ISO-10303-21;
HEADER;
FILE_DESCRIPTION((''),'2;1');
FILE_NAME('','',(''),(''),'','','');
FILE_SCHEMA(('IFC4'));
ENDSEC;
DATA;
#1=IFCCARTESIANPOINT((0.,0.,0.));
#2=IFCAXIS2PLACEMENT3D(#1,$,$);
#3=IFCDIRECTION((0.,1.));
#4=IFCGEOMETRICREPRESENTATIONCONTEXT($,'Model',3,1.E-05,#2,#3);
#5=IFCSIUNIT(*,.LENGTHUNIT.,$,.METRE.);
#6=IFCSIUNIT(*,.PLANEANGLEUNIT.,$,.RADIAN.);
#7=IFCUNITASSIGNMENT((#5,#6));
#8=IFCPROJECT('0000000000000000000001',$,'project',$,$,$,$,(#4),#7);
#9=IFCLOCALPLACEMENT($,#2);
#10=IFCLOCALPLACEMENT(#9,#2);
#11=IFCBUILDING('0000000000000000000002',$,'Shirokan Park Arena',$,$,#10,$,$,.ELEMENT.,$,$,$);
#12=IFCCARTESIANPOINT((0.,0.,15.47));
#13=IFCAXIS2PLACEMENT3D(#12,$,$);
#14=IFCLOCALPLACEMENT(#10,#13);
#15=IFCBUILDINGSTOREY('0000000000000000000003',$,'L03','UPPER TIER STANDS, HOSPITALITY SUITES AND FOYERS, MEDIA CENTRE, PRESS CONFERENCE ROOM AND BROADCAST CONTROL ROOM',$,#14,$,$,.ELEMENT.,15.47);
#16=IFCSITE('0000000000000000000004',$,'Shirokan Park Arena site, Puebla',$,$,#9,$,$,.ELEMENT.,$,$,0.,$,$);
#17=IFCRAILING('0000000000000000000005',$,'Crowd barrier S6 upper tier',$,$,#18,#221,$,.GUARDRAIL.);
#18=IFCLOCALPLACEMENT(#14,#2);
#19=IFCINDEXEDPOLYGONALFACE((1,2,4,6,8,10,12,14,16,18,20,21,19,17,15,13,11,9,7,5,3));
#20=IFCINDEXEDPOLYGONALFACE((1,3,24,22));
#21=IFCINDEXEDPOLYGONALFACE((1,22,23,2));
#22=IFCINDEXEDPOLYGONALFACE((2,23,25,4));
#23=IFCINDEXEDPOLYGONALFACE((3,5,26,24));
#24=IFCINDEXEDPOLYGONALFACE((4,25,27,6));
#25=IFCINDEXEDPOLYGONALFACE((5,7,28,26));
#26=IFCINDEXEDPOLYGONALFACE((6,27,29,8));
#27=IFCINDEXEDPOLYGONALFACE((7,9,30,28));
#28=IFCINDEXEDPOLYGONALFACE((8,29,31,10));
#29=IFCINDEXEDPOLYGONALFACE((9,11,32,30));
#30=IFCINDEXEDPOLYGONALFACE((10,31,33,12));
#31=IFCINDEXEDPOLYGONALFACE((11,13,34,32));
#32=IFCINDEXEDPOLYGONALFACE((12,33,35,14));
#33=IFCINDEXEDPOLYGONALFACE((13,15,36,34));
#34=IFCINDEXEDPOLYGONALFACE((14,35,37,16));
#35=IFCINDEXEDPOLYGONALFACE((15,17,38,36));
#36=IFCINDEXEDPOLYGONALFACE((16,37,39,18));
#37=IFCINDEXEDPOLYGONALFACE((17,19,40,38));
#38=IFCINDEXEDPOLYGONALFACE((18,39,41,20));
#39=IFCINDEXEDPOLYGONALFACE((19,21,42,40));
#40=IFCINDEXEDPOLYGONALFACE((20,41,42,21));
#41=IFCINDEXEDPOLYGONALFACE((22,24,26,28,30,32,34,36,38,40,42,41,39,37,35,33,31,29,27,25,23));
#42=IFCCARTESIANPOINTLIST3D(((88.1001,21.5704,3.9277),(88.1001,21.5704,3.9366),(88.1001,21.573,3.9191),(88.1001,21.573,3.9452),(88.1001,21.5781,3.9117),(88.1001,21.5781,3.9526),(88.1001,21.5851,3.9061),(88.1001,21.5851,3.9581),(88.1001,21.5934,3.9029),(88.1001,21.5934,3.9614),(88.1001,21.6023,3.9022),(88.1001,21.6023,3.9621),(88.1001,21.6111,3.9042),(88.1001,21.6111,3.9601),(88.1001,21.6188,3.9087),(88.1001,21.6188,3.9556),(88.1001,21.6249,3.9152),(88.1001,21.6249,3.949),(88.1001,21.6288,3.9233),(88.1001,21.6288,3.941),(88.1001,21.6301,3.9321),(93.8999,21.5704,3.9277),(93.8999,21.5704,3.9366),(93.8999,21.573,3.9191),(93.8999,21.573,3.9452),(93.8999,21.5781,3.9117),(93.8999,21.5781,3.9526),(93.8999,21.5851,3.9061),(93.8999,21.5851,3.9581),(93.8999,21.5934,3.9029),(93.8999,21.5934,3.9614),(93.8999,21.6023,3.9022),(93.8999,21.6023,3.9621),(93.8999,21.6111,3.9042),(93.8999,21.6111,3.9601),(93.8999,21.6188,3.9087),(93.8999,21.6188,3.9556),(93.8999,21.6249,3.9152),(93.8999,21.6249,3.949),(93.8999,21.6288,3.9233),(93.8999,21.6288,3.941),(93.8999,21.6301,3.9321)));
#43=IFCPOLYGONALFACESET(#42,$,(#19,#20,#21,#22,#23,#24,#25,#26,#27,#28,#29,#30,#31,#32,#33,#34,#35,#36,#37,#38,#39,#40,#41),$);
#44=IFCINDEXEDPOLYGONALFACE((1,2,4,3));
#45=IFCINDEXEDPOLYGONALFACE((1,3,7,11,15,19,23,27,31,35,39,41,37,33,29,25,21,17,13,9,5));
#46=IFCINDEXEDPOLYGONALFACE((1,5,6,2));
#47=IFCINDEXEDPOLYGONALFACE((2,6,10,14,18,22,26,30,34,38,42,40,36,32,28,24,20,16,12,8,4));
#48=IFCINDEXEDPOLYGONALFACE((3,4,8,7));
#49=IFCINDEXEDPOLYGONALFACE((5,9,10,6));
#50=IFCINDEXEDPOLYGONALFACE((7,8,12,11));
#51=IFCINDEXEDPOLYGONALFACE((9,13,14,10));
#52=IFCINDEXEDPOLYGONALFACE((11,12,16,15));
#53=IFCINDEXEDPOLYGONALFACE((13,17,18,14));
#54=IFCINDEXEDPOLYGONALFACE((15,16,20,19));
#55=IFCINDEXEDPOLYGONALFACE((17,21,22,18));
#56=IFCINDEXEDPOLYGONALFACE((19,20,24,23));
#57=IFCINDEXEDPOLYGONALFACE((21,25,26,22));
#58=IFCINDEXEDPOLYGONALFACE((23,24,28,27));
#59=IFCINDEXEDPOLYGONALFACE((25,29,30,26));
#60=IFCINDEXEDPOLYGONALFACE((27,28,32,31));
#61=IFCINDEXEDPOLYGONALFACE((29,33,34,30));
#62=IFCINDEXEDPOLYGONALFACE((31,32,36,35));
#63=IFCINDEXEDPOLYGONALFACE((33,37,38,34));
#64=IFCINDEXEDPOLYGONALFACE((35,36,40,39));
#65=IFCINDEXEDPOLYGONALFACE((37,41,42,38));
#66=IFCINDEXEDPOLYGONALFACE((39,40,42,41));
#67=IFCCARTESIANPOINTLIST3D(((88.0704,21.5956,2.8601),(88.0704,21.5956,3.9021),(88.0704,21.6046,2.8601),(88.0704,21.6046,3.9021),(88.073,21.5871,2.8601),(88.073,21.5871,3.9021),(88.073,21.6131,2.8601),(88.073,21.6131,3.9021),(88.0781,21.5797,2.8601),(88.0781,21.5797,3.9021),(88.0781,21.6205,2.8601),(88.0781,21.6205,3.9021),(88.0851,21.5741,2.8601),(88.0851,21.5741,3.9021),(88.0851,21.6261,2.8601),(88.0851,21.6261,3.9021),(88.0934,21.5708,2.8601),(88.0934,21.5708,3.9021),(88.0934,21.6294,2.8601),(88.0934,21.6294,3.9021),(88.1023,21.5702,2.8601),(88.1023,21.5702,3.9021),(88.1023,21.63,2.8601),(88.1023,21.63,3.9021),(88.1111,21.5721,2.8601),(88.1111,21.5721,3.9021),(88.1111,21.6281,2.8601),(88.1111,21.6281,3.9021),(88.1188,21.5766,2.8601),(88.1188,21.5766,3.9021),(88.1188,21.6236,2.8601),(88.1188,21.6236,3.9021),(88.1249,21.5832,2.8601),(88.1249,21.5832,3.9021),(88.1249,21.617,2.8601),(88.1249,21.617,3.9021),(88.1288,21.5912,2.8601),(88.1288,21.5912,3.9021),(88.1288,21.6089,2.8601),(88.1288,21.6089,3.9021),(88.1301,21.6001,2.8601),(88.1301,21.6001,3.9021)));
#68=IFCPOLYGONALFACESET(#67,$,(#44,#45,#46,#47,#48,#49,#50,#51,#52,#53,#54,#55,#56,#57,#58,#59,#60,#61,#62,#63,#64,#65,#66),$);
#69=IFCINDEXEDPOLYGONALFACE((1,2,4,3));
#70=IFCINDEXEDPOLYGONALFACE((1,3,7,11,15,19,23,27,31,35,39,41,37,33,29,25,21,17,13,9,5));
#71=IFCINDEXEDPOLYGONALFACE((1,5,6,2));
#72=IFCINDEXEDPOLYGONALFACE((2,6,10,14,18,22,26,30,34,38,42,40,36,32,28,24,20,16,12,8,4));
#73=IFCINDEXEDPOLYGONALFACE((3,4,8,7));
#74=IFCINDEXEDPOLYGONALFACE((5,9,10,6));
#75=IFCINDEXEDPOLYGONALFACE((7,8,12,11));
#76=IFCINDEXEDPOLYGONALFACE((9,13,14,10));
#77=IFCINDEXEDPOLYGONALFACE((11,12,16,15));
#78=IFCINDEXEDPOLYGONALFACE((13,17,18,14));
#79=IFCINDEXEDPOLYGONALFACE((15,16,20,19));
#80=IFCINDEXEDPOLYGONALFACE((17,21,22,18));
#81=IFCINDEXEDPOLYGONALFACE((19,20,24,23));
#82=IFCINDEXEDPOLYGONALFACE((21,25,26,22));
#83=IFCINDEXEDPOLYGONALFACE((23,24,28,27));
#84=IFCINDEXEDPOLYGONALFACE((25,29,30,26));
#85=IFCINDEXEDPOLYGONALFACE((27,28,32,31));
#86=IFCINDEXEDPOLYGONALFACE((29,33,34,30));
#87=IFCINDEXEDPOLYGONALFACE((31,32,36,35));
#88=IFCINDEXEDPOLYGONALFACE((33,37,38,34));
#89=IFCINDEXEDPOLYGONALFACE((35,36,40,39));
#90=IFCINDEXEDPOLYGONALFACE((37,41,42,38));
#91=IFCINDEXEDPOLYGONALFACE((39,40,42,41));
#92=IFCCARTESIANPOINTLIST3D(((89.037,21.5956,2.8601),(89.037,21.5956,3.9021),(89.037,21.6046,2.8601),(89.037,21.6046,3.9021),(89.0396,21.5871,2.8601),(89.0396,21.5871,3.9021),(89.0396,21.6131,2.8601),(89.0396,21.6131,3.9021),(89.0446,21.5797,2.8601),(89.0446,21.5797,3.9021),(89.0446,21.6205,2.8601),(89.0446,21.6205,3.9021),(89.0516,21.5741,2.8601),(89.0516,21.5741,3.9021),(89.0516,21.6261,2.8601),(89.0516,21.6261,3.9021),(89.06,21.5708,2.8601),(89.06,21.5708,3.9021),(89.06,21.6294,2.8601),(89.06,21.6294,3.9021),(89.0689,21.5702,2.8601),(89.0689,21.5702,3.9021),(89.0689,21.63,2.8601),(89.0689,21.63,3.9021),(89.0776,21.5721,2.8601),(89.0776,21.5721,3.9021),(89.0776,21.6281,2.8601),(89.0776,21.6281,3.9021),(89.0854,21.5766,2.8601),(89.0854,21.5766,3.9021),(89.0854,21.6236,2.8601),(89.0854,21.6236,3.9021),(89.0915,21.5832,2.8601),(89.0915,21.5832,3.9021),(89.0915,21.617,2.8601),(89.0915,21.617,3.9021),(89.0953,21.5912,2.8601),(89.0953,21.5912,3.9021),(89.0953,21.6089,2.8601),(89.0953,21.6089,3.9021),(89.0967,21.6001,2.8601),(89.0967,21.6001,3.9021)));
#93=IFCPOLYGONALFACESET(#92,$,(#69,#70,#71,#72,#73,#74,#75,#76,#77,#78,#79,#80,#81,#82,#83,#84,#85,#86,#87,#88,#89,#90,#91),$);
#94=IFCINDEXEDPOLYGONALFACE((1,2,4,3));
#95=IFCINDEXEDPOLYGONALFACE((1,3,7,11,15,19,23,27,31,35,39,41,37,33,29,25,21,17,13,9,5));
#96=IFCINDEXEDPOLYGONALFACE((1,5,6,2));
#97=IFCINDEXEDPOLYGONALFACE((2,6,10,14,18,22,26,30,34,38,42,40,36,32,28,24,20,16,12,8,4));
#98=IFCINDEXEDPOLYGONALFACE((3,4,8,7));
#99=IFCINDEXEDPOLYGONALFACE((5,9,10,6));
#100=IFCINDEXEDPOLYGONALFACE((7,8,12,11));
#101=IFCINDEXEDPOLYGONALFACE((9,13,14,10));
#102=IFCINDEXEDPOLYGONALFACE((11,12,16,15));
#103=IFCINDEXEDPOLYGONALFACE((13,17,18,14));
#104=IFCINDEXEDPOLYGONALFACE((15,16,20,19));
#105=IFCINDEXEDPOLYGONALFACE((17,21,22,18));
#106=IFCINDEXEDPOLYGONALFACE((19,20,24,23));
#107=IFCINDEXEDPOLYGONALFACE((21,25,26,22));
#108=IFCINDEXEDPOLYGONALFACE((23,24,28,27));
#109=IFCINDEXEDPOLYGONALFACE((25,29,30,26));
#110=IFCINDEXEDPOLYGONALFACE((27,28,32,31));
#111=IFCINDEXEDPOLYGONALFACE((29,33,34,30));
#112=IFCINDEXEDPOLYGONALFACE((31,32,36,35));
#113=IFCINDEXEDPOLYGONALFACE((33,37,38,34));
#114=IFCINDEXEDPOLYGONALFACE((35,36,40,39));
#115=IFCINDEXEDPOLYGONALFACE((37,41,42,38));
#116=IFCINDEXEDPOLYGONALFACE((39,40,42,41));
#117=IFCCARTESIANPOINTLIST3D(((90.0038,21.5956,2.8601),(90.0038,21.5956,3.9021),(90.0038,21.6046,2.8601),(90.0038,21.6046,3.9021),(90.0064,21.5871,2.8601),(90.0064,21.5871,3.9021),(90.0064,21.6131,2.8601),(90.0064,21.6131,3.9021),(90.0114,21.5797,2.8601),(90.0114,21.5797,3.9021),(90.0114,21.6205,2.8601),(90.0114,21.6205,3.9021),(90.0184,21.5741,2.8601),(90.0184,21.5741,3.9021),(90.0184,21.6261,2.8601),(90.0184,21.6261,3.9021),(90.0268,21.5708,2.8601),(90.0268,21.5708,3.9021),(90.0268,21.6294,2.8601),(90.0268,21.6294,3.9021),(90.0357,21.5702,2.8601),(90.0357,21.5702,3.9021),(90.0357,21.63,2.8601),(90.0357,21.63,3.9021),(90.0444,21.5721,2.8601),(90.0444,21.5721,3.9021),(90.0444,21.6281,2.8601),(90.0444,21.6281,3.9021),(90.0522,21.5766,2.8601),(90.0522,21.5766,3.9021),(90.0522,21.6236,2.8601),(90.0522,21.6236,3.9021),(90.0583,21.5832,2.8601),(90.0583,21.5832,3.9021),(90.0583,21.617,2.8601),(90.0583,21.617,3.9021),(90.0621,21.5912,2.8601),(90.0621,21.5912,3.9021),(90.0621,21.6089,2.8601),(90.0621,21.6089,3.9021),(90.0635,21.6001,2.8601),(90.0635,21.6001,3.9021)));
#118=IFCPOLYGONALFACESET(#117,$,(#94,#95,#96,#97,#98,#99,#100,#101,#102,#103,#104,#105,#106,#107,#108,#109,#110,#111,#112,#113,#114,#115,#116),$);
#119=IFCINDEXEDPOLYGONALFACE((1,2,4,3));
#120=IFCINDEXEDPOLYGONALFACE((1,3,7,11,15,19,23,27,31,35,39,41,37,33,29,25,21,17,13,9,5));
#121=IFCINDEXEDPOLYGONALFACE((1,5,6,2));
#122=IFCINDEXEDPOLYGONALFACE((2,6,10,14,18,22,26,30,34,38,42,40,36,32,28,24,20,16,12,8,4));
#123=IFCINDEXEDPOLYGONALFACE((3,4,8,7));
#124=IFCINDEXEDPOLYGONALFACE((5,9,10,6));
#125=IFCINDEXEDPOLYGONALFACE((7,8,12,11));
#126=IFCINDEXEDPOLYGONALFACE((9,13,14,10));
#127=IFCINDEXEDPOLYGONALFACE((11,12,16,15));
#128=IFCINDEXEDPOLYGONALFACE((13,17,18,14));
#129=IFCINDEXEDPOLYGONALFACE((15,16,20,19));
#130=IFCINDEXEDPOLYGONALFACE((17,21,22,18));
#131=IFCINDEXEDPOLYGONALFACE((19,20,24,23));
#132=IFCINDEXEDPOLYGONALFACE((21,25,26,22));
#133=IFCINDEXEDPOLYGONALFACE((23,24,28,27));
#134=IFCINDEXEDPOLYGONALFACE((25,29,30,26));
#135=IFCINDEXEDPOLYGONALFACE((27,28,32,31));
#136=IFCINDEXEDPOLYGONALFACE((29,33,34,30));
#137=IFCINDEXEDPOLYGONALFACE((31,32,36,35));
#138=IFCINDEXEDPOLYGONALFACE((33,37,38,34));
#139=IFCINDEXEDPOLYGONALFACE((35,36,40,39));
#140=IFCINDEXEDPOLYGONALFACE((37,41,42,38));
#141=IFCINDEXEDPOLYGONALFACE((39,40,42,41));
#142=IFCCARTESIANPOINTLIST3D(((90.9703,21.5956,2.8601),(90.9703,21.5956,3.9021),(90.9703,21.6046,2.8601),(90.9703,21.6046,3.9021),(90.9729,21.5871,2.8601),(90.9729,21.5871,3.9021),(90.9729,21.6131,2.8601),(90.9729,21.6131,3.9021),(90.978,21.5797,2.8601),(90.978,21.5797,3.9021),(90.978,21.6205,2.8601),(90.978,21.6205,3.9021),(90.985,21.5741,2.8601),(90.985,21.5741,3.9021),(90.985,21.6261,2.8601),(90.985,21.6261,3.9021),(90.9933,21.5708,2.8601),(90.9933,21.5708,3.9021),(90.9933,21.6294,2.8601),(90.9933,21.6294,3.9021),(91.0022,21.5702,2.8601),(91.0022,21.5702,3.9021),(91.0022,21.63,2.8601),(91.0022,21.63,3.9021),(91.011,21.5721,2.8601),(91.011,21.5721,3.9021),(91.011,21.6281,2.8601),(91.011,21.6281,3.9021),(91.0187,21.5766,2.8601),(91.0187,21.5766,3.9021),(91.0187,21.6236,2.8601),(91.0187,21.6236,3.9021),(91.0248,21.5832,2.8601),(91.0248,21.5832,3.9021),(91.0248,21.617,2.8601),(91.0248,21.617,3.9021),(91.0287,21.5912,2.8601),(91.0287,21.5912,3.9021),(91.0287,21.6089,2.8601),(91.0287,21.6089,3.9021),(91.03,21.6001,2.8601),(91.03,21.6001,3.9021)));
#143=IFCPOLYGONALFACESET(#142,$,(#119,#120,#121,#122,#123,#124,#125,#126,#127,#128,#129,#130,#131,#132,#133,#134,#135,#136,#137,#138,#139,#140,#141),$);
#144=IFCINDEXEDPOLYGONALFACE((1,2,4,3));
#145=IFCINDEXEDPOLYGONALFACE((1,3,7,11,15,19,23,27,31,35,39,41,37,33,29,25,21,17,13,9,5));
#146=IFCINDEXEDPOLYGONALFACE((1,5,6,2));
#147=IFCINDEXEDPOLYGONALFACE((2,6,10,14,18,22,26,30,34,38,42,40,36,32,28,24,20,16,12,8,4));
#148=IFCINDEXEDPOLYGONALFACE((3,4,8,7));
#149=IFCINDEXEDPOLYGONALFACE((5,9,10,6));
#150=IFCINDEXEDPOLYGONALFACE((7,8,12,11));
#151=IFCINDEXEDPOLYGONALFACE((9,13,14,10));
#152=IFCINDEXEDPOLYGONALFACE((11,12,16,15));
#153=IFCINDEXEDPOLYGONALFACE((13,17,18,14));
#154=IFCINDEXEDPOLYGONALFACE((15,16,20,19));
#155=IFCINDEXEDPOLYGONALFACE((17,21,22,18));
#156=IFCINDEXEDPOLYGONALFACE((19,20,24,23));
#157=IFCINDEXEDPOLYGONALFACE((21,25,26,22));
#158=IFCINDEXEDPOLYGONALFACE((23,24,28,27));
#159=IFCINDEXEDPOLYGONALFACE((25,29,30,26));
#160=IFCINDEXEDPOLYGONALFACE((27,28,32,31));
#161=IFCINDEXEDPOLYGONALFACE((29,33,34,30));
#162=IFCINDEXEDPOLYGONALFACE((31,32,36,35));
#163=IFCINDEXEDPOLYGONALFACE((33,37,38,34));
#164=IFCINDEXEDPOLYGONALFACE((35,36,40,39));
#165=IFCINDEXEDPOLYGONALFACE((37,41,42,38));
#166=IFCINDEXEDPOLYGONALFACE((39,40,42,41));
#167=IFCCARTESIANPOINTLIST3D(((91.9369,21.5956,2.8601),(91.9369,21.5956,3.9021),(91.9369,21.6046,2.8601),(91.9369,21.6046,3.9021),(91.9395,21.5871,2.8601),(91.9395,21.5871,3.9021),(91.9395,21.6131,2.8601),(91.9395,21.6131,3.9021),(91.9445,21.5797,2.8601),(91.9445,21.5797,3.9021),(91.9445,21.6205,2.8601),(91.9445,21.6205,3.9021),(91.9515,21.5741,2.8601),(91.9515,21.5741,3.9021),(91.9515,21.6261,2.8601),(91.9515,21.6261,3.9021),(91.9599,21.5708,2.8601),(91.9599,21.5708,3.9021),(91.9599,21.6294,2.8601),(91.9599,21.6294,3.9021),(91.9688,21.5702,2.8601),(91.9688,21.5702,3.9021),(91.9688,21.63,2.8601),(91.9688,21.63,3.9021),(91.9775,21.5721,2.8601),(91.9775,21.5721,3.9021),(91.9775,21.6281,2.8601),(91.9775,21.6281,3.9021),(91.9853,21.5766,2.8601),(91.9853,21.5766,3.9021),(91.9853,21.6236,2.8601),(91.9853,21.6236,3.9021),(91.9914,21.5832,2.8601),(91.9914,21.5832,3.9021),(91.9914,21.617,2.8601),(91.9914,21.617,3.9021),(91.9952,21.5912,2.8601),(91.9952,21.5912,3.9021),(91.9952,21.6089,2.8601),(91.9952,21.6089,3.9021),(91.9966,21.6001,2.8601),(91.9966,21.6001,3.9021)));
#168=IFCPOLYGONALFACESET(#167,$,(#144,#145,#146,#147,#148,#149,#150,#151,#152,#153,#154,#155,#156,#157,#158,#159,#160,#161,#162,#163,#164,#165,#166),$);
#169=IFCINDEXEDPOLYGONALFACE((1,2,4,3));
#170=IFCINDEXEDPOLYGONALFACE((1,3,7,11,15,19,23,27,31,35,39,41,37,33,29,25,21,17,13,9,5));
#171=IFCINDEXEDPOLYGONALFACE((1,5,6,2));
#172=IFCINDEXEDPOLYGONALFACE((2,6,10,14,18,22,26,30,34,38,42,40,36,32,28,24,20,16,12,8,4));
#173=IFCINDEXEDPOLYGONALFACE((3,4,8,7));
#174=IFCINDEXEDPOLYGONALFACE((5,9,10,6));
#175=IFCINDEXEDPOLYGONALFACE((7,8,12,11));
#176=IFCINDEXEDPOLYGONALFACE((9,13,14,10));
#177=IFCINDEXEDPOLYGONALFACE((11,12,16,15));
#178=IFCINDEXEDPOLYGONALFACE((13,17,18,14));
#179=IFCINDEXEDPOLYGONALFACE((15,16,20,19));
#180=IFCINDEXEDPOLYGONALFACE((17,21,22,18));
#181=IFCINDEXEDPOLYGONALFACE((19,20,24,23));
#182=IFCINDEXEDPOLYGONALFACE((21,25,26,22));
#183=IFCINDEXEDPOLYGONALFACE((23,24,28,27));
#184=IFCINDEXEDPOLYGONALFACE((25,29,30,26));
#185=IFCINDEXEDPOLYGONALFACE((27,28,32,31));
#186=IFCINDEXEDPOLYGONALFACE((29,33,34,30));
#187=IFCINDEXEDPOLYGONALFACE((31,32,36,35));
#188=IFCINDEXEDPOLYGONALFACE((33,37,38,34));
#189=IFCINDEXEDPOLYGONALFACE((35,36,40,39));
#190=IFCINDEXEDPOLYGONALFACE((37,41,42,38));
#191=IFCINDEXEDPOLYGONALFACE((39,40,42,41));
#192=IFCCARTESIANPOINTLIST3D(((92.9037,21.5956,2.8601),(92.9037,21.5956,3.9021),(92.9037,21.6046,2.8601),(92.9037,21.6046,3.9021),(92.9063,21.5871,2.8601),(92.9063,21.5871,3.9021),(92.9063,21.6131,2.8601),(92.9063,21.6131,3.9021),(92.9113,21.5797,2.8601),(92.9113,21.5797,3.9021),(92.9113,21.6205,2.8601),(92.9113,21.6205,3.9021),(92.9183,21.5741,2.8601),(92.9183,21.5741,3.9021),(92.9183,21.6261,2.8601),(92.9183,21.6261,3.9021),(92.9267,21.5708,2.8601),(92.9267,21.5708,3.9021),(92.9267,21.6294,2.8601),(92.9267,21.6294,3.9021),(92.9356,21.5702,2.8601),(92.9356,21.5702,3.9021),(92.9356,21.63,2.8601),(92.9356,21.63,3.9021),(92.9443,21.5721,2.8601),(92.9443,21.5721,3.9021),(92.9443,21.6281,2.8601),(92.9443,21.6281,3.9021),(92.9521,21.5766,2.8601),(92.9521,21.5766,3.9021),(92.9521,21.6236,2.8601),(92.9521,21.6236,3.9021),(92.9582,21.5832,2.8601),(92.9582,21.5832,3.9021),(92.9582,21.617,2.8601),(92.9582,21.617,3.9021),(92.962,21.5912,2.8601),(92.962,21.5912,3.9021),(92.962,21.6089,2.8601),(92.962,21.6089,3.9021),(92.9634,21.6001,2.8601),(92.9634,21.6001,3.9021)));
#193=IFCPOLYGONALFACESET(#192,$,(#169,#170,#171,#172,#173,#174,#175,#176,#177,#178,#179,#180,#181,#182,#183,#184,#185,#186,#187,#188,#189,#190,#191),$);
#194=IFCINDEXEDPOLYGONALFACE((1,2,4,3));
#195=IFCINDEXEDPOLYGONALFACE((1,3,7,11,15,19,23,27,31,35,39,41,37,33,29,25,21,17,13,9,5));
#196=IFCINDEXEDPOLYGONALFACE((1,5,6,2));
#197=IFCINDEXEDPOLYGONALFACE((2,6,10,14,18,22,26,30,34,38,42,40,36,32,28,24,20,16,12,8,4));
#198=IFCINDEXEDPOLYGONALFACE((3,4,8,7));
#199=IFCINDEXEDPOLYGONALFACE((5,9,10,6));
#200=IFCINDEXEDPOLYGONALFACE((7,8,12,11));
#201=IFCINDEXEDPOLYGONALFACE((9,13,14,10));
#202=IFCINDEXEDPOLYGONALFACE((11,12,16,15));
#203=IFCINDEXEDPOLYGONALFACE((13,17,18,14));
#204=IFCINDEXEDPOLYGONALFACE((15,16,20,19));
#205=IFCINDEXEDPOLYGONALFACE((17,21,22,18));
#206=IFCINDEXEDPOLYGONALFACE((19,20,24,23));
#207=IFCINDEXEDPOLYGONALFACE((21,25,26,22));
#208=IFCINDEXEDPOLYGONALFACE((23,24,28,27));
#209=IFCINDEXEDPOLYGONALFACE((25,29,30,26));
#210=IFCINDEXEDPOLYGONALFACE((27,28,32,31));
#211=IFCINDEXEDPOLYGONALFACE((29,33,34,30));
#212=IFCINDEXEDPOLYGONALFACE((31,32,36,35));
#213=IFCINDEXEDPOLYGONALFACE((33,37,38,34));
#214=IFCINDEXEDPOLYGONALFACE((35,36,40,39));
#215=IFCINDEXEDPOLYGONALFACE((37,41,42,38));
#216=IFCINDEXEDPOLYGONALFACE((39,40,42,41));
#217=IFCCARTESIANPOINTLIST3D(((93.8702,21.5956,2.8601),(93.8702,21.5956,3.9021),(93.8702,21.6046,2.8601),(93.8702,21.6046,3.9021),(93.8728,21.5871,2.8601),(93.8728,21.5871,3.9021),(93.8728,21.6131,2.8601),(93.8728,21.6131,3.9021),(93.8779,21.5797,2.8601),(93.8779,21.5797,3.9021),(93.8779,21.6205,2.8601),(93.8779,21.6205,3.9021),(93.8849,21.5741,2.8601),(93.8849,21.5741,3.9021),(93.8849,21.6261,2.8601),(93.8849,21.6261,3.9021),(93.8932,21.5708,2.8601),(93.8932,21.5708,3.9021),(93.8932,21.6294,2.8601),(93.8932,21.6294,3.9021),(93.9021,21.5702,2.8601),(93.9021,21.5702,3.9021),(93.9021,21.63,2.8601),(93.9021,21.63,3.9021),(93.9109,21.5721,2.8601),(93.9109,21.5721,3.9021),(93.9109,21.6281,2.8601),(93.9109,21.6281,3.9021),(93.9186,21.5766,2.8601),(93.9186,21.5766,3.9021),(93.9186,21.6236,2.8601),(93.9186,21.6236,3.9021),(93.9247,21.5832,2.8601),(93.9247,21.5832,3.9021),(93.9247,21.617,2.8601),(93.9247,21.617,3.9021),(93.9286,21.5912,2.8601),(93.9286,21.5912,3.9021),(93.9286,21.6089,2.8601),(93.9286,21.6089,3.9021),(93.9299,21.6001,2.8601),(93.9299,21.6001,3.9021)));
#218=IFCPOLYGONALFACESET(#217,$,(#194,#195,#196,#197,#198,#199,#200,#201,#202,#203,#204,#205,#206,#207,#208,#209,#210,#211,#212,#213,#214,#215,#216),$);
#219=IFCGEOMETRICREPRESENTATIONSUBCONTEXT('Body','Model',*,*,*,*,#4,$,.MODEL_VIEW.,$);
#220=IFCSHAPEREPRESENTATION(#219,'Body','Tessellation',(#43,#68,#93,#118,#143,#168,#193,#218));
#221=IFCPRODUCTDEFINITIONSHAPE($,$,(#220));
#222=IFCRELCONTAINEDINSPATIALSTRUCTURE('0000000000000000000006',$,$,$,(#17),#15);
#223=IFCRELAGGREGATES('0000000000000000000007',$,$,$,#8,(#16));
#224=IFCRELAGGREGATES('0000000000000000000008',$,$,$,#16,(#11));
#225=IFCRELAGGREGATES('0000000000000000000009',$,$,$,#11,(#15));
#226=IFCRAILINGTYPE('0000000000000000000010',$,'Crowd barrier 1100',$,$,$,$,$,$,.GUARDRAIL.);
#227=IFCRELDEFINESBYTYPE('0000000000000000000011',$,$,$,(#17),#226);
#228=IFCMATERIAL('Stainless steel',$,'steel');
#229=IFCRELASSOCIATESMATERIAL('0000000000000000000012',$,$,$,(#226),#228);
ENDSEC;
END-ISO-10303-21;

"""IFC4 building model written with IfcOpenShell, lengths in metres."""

from ifc_helpers import new_model, si_unit, direction, frame, origin, origin_2d, place, context, subcontext, project, spatial, circle, extrude, material, type_object, element, save


model = new_model("IFC4")

# Units and contexts
model_context = context("Model", 3, precision=1e-05, world=origin(), true_north=direction((0.0, 1.0)))
body_context = subcontext(model_context, "Body", "Model", "MODEL_VIEW")
ifc_project = project(units=[si_unit("LENGTHUNIT", "METRE"), si_unit("PLANEANGLEUNIT", "RADIAN")], contexts=[model_context])

# Site, building, storey
site_placement = place(None, origin())
site = spatial("IfcSite", under=ifc_project, at=site_placement, Name="Shirokan Park Arena site, Puebla", CompositionType="ELEMENT", RefElevation=0.0)
building_placement = place(site_placement, origin())
building = spatial("IfcBuilding", under=site, at=building_placement, Name="Shirokan Park Arena", CompositionType="ELEMENT")
storey_placement = place(building_placement, frame((0.0, 0.0, 15.47)))
storey = spatial("IfcBuildingStorey", under=building, at=storey_placement, Name="L03", Description="UPPER TIER STANDS, HOSPITALITY SUITES AND FOYERS, MEDIA CENTRE, PRESS CONFERENCE ROOM AND BROADCAST CONTROL ROOM", CompositionType="ELEMENT", Elevation=15.47)

# Railing
ifc_material_1 = material(Name="Stainless steel", Category="steel")
railing_type_1 = type_object("IfcRailingType", Name="Crowd barrier 1100", PredefinedType="GUARDRAIL", material=ifc_material_1)
railing_1_placement = place(storey_placement, frame((88.1001, 21.6001, 2.8601)))
element("IfcRailing", 1, at=railing_1_placement, inside=storey, type_object=railing_type_1, Name="Crowd barrier S6 upper tier", PredefinedType="GUARDRAIL", context=body_context, shape_type="SweptSolid", body=[
    extrude(circle(Radius=0.03, at=origin_2d()), frame((0.0, 0.0, 1.072), z_axis=(1.0, 0.0, 0.0), x_axis=(0.0, 1.0, 0.0)), (0.0, 0.0, 1.0), 5.7998),
    extrude(circle(Radius=0.03, at=origin_2d()), origin(), (0.0, 0.0, 1.0), 1.042),
    extrude(circle(Radius=0.03, at=origin_2d()), frame((0.9666, 0.0, 0.0)), (0.0, 0.0, 1.0), 1.042),
    extrude(circle(Radius=0.03, at=origin_2d()), frame((1.9333, 0.0, 0.0)), (0.0, 0.0, 1.0), 1.042),
    extrude(circle(Radius=0.03, at=origin_2d()), frame((2.8999, 0.0, 0.0)), (0.0, 0.0, 1.0), 1.042),
    extrude(circle(Radius=0.03, at=origin_2d()), frame((3.8665, 0.0, 0.0)), (0.0, 0.0, 1.0), 1.042),
    extrude(circle(Radius=0.03, at=origin_2d()), frame((4.8333, 0.0, 0.0)), (0.0, 0.0, 1.0), 1.042),
    extrude(circle(Radius=0.03, at=origin_2d()), frame((5.7998, 0.0, 0.0)), (0.0, 0.0, 1.0), 1.042),
])

save(model, "model.ifc")
